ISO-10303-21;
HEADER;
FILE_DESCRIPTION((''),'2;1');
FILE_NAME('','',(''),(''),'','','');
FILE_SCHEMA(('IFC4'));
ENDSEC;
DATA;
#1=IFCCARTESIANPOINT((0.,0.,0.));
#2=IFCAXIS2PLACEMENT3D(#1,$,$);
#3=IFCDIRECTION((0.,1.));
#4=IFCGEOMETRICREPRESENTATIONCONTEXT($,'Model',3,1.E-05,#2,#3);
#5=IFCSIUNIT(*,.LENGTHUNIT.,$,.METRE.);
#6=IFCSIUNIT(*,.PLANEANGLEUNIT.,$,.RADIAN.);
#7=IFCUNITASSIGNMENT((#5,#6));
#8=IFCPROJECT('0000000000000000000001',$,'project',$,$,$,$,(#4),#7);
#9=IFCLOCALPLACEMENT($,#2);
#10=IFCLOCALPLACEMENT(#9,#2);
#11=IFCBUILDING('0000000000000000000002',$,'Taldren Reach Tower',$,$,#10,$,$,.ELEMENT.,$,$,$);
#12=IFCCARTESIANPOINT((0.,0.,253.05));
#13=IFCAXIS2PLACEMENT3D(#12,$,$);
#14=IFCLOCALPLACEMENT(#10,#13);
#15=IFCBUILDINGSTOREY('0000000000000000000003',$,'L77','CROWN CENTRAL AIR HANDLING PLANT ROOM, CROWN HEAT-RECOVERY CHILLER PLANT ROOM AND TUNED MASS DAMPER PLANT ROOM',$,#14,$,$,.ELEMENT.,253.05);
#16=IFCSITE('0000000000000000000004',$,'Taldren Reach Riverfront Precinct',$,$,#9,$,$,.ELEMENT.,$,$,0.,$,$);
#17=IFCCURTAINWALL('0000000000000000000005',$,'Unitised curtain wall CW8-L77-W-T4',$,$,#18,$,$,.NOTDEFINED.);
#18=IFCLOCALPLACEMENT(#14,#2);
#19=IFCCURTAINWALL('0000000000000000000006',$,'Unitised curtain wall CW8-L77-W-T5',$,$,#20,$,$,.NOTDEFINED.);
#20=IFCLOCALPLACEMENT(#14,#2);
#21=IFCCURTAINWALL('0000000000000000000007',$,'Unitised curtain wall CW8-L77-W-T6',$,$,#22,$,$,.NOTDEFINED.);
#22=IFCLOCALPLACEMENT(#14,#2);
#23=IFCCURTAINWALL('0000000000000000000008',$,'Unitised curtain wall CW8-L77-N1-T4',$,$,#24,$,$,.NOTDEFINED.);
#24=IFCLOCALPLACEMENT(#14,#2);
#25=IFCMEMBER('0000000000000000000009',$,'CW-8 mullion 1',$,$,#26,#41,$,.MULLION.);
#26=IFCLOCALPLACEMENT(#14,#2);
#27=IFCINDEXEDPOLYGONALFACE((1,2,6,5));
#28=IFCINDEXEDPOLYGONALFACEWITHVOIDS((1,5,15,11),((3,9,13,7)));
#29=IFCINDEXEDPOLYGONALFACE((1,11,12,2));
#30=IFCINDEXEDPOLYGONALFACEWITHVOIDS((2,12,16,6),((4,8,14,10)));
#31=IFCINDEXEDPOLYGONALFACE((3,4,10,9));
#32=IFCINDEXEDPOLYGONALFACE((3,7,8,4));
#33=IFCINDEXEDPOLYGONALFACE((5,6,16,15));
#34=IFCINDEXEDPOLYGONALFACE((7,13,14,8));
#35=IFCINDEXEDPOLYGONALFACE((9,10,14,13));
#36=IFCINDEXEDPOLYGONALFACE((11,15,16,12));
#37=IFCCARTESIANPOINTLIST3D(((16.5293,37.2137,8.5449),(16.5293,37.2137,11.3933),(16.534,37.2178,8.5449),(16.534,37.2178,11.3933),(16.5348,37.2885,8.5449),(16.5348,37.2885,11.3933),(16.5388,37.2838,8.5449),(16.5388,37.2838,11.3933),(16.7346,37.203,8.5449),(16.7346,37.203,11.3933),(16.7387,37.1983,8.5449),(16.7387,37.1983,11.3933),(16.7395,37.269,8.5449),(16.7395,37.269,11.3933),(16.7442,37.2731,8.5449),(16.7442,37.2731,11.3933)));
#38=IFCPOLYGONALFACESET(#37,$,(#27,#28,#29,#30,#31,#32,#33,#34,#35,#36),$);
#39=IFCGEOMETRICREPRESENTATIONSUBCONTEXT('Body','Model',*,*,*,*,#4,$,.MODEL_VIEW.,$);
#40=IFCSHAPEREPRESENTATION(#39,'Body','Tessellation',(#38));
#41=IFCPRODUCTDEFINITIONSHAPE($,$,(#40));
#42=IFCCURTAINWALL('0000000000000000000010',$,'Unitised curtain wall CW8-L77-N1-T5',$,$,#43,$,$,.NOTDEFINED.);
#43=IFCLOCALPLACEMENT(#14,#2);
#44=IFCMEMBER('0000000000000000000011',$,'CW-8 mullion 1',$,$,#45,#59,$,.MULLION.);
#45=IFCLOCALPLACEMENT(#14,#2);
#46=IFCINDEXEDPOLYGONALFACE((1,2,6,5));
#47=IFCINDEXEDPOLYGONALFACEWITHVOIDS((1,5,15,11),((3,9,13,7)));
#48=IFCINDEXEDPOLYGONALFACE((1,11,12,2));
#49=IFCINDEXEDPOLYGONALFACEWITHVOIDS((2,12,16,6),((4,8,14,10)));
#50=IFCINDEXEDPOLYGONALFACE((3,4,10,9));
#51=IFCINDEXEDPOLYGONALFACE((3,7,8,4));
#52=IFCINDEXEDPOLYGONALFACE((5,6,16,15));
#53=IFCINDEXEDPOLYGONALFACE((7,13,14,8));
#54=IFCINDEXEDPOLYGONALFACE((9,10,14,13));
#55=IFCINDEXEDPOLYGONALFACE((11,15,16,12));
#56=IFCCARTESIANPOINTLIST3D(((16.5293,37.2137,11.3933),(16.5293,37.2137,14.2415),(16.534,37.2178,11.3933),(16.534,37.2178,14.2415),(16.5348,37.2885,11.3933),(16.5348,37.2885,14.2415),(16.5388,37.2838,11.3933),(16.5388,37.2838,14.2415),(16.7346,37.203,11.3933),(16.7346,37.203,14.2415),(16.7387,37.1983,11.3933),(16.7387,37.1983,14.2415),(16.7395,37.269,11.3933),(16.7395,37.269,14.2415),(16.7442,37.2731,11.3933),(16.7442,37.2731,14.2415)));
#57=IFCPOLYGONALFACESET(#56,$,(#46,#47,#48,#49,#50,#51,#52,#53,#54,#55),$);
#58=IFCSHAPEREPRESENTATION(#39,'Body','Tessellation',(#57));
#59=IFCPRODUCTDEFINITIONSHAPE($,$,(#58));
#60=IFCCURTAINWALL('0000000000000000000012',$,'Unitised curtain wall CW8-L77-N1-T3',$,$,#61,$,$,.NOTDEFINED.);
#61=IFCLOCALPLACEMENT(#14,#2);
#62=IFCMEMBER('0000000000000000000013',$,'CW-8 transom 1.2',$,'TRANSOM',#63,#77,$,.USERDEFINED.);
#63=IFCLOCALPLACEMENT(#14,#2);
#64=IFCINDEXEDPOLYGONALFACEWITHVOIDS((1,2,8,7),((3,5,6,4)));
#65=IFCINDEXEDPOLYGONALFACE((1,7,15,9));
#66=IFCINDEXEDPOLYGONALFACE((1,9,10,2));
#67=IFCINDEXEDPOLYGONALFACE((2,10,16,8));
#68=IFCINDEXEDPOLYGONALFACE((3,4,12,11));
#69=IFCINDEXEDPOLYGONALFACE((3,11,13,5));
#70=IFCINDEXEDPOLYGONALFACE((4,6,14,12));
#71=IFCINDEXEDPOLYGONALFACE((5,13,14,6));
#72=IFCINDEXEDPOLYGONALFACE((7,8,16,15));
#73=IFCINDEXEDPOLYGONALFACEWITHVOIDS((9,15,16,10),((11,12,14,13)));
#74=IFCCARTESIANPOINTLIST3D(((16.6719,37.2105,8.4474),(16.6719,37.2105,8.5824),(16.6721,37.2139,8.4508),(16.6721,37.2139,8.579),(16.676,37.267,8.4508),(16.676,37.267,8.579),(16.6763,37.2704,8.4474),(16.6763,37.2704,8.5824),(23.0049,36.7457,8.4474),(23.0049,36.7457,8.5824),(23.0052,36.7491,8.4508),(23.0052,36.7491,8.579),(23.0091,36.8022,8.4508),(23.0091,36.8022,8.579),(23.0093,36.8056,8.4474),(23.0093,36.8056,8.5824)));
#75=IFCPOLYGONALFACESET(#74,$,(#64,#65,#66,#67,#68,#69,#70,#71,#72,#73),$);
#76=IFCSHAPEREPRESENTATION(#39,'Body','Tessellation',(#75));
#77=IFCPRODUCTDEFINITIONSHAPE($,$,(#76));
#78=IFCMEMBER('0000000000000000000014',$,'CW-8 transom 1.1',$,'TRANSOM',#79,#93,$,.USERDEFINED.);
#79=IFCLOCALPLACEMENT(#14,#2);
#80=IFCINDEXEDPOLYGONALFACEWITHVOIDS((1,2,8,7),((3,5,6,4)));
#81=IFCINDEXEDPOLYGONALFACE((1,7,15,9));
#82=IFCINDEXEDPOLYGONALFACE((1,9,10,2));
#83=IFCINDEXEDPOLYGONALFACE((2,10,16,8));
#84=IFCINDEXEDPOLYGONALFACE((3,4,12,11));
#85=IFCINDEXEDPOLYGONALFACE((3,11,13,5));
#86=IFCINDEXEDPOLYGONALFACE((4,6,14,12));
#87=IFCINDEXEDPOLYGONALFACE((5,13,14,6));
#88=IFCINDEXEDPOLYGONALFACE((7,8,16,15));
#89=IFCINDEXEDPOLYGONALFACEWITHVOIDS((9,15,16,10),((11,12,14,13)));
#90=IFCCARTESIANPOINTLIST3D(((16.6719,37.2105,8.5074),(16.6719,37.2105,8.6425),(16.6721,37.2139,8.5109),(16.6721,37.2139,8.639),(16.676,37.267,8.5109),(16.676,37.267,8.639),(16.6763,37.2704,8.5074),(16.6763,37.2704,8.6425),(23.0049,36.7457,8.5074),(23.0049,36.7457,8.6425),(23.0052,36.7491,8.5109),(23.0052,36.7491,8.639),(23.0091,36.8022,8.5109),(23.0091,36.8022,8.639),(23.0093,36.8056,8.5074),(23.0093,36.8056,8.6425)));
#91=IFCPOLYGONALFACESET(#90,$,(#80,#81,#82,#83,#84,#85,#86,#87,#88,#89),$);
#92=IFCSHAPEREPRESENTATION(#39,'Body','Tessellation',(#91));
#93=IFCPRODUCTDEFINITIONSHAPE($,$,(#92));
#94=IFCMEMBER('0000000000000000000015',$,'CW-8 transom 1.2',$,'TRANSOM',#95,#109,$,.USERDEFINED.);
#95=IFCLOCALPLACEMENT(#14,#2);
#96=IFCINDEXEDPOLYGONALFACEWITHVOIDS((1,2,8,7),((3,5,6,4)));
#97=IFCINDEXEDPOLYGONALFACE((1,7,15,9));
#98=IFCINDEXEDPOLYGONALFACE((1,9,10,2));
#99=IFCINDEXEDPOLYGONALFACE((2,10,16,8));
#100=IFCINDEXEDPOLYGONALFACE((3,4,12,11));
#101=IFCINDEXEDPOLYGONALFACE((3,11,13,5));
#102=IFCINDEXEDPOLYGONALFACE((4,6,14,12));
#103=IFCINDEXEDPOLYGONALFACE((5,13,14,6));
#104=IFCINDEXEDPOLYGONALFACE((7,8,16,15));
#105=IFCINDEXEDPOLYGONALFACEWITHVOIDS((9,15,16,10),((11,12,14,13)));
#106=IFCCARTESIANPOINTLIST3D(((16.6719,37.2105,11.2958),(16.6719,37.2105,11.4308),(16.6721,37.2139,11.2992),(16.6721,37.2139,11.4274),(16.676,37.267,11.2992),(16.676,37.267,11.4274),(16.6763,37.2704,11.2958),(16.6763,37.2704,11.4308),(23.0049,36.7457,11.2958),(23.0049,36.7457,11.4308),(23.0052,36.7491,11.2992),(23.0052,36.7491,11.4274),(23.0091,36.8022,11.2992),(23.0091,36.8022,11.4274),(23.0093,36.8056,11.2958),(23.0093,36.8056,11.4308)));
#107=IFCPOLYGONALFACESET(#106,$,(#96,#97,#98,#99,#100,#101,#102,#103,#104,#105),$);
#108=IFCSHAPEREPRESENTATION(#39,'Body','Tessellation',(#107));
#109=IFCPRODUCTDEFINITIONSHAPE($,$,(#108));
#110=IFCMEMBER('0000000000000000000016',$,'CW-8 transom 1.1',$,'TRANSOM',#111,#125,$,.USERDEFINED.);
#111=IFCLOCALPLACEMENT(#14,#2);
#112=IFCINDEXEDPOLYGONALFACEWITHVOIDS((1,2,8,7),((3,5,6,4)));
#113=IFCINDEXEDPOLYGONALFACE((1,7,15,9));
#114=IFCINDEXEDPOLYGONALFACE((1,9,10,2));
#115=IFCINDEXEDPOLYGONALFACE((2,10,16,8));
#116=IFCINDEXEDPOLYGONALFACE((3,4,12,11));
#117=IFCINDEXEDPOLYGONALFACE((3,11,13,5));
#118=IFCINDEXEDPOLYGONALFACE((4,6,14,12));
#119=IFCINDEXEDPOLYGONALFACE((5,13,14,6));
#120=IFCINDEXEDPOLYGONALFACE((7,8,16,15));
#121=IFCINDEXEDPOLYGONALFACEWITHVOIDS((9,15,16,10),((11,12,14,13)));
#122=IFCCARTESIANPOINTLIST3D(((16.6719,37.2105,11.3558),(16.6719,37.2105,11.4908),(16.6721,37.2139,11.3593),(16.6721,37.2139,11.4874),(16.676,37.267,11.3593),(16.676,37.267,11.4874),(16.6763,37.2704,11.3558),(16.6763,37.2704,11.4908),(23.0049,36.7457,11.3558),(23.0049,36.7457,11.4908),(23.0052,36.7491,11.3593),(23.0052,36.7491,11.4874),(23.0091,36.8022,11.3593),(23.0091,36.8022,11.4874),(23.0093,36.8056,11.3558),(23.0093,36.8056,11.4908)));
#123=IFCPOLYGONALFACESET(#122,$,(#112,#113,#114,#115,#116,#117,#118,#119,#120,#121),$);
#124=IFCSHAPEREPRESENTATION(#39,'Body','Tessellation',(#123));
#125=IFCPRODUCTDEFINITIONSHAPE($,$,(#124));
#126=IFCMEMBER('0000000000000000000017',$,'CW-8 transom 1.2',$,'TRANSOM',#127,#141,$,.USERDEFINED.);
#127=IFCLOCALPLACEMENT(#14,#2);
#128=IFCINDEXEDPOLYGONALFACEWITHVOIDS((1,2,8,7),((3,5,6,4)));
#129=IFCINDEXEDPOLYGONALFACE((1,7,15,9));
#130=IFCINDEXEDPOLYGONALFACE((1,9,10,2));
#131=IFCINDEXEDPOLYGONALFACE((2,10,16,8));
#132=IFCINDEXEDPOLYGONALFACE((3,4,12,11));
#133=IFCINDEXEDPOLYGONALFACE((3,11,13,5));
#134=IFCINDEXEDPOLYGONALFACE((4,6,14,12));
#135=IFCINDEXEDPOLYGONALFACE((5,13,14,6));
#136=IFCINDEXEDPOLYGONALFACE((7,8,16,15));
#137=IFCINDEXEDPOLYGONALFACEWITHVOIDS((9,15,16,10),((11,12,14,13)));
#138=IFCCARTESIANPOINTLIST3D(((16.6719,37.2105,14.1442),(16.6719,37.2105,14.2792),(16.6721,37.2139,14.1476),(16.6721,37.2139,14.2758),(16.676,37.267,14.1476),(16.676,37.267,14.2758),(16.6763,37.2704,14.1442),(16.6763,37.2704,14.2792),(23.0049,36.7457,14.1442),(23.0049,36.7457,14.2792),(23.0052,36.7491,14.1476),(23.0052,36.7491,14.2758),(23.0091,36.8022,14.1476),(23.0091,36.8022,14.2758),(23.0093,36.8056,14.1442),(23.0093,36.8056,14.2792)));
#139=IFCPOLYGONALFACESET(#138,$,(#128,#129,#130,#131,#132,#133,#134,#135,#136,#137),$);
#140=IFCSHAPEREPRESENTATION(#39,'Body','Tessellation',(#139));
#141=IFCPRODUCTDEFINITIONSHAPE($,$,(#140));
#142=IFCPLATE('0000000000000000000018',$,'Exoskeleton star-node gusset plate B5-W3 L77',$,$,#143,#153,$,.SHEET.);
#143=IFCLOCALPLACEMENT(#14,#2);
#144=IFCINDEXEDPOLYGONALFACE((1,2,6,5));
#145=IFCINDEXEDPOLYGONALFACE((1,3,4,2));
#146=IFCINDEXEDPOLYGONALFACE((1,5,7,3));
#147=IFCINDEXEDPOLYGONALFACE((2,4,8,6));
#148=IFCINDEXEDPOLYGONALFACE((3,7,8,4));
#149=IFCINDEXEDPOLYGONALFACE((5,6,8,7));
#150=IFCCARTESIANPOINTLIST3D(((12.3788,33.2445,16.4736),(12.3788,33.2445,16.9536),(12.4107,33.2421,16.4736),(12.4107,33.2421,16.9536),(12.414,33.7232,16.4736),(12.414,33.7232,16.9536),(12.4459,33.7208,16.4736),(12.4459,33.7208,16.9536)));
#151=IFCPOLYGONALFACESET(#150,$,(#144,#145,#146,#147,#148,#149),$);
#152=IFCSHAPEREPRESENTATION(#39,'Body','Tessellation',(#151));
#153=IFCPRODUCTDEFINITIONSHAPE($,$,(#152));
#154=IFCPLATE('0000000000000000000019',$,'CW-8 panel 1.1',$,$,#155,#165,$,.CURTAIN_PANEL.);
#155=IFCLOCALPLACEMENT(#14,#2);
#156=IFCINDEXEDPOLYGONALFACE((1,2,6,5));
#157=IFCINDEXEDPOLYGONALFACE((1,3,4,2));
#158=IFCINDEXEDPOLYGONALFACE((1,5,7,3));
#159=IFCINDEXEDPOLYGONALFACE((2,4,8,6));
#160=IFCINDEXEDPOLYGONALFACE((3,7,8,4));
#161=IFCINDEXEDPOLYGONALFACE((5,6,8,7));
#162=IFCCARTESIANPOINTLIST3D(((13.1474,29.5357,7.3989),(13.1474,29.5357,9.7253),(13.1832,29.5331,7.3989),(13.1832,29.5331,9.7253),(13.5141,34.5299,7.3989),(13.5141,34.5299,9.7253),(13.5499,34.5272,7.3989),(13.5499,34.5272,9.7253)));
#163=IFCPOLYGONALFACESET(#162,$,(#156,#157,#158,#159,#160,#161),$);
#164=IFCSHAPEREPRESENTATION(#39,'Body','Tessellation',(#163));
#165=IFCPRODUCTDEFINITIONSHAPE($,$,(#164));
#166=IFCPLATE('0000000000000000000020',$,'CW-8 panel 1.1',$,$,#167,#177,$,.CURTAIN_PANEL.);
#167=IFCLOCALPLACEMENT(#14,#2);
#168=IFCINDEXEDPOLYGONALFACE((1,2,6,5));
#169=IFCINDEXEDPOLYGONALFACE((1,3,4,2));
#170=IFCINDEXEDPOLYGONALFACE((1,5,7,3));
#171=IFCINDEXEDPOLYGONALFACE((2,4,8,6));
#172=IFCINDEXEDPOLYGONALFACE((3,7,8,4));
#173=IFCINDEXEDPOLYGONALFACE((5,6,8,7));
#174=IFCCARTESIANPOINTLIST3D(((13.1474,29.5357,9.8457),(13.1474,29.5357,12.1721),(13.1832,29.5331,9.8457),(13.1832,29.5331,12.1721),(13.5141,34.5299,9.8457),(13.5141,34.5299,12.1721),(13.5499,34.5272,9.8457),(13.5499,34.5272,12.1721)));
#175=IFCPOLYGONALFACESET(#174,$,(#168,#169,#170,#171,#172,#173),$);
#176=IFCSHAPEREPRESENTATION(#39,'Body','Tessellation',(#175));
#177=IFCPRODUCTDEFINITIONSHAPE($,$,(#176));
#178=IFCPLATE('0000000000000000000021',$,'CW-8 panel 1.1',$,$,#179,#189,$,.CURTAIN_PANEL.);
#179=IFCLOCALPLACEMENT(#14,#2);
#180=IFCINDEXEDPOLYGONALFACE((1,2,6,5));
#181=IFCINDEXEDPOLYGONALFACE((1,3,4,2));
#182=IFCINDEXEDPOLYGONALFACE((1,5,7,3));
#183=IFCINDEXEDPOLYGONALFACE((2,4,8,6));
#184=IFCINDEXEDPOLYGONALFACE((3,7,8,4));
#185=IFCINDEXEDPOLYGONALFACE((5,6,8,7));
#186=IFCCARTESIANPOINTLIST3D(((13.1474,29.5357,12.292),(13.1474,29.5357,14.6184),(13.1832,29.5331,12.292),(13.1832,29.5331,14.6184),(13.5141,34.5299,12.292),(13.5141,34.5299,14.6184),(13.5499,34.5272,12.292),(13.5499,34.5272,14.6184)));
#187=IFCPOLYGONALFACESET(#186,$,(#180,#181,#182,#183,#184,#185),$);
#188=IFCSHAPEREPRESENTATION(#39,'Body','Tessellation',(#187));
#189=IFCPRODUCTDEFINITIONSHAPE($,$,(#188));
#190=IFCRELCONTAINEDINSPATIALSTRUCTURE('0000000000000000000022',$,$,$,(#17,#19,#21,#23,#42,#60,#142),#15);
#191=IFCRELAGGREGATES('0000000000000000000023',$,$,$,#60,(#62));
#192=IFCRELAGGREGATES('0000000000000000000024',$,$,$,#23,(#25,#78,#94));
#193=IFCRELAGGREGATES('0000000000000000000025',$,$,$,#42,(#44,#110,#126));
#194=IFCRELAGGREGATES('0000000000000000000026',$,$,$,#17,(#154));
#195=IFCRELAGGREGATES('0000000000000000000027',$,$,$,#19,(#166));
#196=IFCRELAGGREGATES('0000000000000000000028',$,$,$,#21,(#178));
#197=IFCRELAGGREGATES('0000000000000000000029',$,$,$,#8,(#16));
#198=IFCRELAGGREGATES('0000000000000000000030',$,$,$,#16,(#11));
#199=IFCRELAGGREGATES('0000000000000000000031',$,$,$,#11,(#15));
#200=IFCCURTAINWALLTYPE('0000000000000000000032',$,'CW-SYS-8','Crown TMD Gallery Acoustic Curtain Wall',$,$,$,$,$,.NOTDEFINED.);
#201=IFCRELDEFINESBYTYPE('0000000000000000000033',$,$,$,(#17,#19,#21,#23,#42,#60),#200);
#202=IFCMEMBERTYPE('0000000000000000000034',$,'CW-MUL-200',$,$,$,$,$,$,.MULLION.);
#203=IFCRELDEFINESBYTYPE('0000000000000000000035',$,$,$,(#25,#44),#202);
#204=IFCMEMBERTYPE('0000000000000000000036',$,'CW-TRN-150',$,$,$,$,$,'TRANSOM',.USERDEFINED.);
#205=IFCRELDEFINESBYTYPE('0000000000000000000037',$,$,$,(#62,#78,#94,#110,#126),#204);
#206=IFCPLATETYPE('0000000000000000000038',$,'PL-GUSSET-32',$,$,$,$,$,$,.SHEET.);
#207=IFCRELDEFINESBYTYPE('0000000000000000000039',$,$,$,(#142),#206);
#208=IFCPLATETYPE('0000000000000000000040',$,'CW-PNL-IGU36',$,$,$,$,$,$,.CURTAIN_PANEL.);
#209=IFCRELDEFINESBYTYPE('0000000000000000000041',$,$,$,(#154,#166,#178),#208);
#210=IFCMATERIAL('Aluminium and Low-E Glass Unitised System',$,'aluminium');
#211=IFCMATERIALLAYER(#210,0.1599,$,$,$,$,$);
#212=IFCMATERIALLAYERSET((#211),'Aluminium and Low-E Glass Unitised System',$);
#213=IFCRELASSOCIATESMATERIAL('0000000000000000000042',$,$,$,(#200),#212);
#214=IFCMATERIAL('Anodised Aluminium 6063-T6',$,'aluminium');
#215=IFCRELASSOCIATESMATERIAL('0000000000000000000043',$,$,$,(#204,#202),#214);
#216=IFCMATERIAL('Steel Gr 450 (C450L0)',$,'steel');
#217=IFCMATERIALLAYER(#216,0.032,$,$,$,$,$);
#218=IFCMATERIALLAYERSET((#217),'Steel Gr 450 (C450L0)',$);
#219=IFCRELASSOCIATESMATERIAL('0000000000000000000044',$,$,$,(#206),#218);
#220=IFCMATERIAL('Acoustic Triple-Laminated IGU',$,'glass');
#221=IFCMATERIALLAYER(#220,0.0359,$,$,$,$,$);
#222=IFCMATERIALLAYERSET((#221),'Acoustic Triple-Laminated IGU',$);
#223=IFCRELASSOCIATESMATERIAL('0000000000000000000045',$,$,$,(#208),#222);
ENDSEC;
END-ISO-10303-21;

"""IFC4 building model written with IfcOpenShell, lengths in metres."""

from ifc_helpers import new_model, si_unit, direction, frame, origin, origin_2d, place, context, subcontext, project, spatial, rectangle, hollow_rectangle, extrude, source, transform, mapped, material, layer, layer_set, material_profile, profile_set, type_object, element, aggregate, save


model = new_model("IFC4")

# Units and contexts
model_context = context("Model", 3, precision=1e-05, world=origin(), true_north=direction((0.0, 1.0)))
body_context = subcontext(model_context, "Body", "Model", "MODEL_VIEW")
ifc_project = project(units=[si_unit("LENGTHUNIT", "METRE"), si_unit("PLANEANGLEUNIT", "RADIAN")], contexts=[model_context])

# Site, building, storey
site_placement = place(None, origin())
site = spatial("IfcSite", under=ifc_project, at=site_placement, Name="Taldren Reach Riverfront Precinct", CompositionType="ELEMENT", RefElevation=0.0)
building_placement = place(site_placement, origin())
building = spatial("IfcBuilding", under=site, at=building_placement, Name="Taldren Reach Tower", CompositionType="ELEMENT")
storey_placement = place(building_placement, frame((0.0, 0.0, 253.05)))
storey = spatial("IfcBuildingStorey", under=building, at=storey_placement, Name="L77", Description="CROWN CENTRAL AIR HANDLING PLANT ROOM, CROWN HEAT-RECOVERY CHILLER PLANT ROOM AND TUNED MASS DAMPER PLANT ROOM", CompositionType="ELEMENT", Elevation=253.05)

# Shared definitions
ifc_material_1 = material(Name="Steel Gr 450 (C450L0)", Category="steel")

# Shared definitions
ifc_material_2 = material(Name="Aluminium and Low-E Glass Unitised System", Category="aluminium")
ifc_layer_1 = layer(ifc_material_2, 0.1599)
ifc_layer_set_1 = layer_set([ifc_layer_1], Name="Aluminium and Low-E Glass Unitised System")
curtain_wall_type = type_object("IfcCurtainWallType", Name="CW-SYS-8", Description="Crown TMD Gallery Acoustic Curtain Wall", PredefinedType="NOTDEFINED", material=ifc_layer_set_1)
ifc_material_3 = material(Name="Anodised Aluminium 6063-T6", Category="aluminium")
ifc_material_profile_1 = material_profile(ifc_material_3, hollow_rectangle(XDim=0.0601, YDim=0.135, WallThickness=0.0034, at=origin_2d()), Name="ALU-135x60x3.5RHS")
ifc_profile_set_1 = profile_set([ifc_material_profile_1], Name="Anodised Aluminium 6063-T6")
member_type_1 = type_object("IfcMemberType", Name="CW-TRN-150", ElementType="TRANSOM", PredefinedType="USERDEFINED", material=ifc_profile_set_1)

# Curtain walls
curtain_wall_1_placement = place(storey_placement, origin())
curtain_wall_1 = element("IfcCurtainWall", 1, at=curtain_wall_1_placement, inside=storey, type_object=curtain_wall_type, Name="Unitised curtain wall CW8-L77-W-T4", PredefinedType="NOTDEFINED")
curtain_wall_2_placement = place(storey_placement, origin())
curtain_wall_2 = element("IfcCurtainWall", 2, at=curtain_wall_2_placement, inside=storey, type_object=curtain_wall_type, Name="Unitised curtain wall CW8-L77-W-T5", PredefinedType="NOTDEFINED")
curtain_wall_3_placement = place(storey_placement, origin())
curtain_wall_3 = element("IfcCurtainWall", 3, at=curtain_wall_3_placement, inside=storey, type_object=curtain_wall_type, Name="Unitised curtain wall CW8-L77-W-T6", PredefinedType="NOTDEFINED")

# Shared definitions
ifc_material_profile_2 = material_profile(ifc_material_3, hollow_rectangle(XDim=0.075, YDim=0.21, WallThickness=0.0044, at=origin_2d()), Name="ALU-210x75x4.5RHS")
ifc_profile_set_2 = profile_set([ifc_material_profile_2], Name="Anodised Aluminium 6063-T6")
member_type_2 = type_object("IfcMemberType", Name="CW-MUL-200", PredefinedType="MULLION", material=ifc_profile_set_2)

# Curtain walls, members
curtain_wall_4_placement = place(storey_placement, origin())
curtain_wall_4 = element("IfcCurtainWall", 4, at=curtain_wall_4_placement, inside=storey, type_object=curtain_wall_type, Name="Unitised curtain wall CW8-L77-N1-T4", PredefinedType="NOTDEFINED")
shared_shape_1 = source(origin(), body_context, "Body", "SweptSolid", [
    extrude(hollow_rectangle(XDim=0.075, YDim=0.21, WallThickness=0.0044, at=origin_2d()), origin(), (0.0, 0.0, 1.0), 2.8484),
])
member_1_placement = place(storey_placement, frame((16.6367, 37.2434, 8.5449), z_axis=(0.0, 0.0, 1.0), x_axis=(0.073239, 0.997314, 0.0)))
member_1 = element("IfcMember", 5, at=member_1_placement, type_object=member_type_2, Name="CW-8 mullion 1", PredefinedType="MULLION", context=body_context, shape_type="MappedRepresentation", body=[
    mapped(shared_shape_1, transform((0.0, 0.0, 0.0), scale=1.0)),
])
curtain_wall_5_placement = place(storey_placement, origin())
curtain_wall_5 = element("IfcCurtainWall", 6, at=curtain_wall_5_placement, inside=storey, type_object=curtain_wall_type, Name="Unitised curtain wall CW8-L77-N1-T5", PredefinedType="NOTDEFINED")
shared_shape_2 = source(origin(), body_context, "Body", "SweptSolid", [
    extrude(hollow_rectangle(XDim=0.075, YDim=0.21, WallThickness=0.0044, at=origin_2d()), origin(), (0.0, 0.0, 1.0), 2.8481),
])
member_2_placement = place(storey_placement, frame((16.6367, 37.2434, 11.3933), z_axis=(0.0, 0.0, 1.0), x_axis=(0.073239, 0.997314, 0.0)))
member_2 = element("IfcMember", 7, at=member_2_placement, type_object=member_type_2, Name="CW-8 mullion 1", PredefinedType="MULLION", context=body_context, shape_type="MappedRepresentation", body=[
    mapped(shared_shape_2, transform((0.0, 0.0, 0.0), scale=1.0)),
])
curtain_wall_6_placement = place(storey_placement, origin())
curtain_wall_6 = element("IfcCurtainWall", 8, at=curtain_wall_6_placement, inside=storey, type_object=curtain_wall_type, Name="Unitised curtain wall CW8-L77-N1-T3", PredefinedType="NOTDEFINED")
shared_shape_3 = source(origin(), body_context, "Body", "SweptSolid", [
    extrude(hollow_rectangle(XDim=0.0601, YDim=0.135, WallThickness=0.0034, at=origin_2d()), origin(), (0.0, 0.0, 1.0), 6.3501),
])
member_3_placement = place(storey_placement, frame((16.6741, 37.2405, 8.5149), z_axis=(0.997317, -0.073203, 0.0), x_axis=(0.073203, 0.997317, 0.0)))
member_3 = element("IfcMember", 9, at=member_3_placement, type_object=member_type_1, Name="CW-8 transom 1.2", ObjectType="TRANSOM", PredefinedType="USERDEFINED", context=body_context, shape_type="MappedRepresentation", body=[
    mapped(shared_shape_3, transform((0.0, 0.0, 0.0), scale=1.0)),
])
aggregate(curtain_wall_6, [member_3])

# Members
member_4_placement = place(storey_placement, frame((16.6741, 37.2405, 8.575), z_axis=(0.997317, -0.073203, 0.0), x_axis=(0.073203, 0.997317, 0.0)))
member_4 = element("IfcMember", 10, at=member_4_placement, type_object=member_type_1, Name="CW-8 transom 1.1", ObjectType="TRANSOM", PredefinedType="USERDEFINED", context=body_context, shape_type="MappedRepresentation", body=[
    mapped(shared_shape_3, transform((0.0, 0.0, 0.0), scale=1.0)),
])
member_5_placement = place(storey_placement, frame((16.6741, 37.2405, 11.3633), z_axis=(0.997317, -0.073203, 0.0), x_axis=(0.073203, 0.997317, 0.0)))
member_5 = element("IfcMember", 11, at=member_5_placement, type_object=member_type_1, Name="CW-8 transom 1.2", ObjectType="TRANSOM", PredefinedType="USERDEFINED", context=body_context, shape_type="MappedRepresentation", body=[
    mapped(shared_shape_3, transform((0.0, 0.0, 0.0), scale=1.0)),
])
aggregate(curtain_wall_4, [member_1, member_4, member_5])
member_6_placement = place(storey_placement, frame((16.6741, 37.2405, 11.4233), z_axis=(0.997317, -0.073203, 0.0), x_axis=(0.073203, 0.997317, 0.0)))
member_6 = element("IfcMember", 12, at=member_6_placement, type_object=member_type_1, Name="CW-8 transom 1.1", ObjectType="TRANSOM", PredefinedType="USERDEFINED", context=body_context, shape_type="MappedRepresentation", body=[
    mapped(shared_shape_3, transform((0.0, 0.0, 0.0), scale=1.0)),
])
member_7_placement = place(storey_placement, frame((16.6741, 37.2405, 14.2117), z_axis=(0.997317, -0.073203, 0.0), x_axis=(0.073203, 0.997317, 0.0)))
member_7 = element("IfcMember", 13, at=member_7_placement, type_object=member_type_1, Name="CW-8 transom 1.2", ObjectType="TRANSOM", PredefinedType="USERDEFINED", context=body_context, shape_type="MappedRepresentation", body=[
    mapped(shared_shape_3, transform((0.0, 0.0, 0.0), scale=1.0)),
])
aggregate(curtain_wall_5, [member_2, member_6, member_7])

# Plates
ifc_layer_2 = layer(ifc_material_1, 0.032)
ifc_layer_set_2 = layer_set([ifc_layer_2], Name="Steel Gr 450 (C450L0)")
plate_type_1 = type_object("IfcPlateType", Name="PL-GUSSET-32", PredefinedType="SHEET", material=ifc_layer_set_2)
shared_shape_4 = source(origin(), body_context, "Body", "SweptSolid", [
    extrude(rectangle(XDim=0.48, YDim=0.032, at=origin_2d()), origin(), (0.0, 0.0, 1.0), 0.48),
])
plate_1_placement = place(storey_placement, frame((12.4124, 33.4827, 16.4736), z_axis=(0.0, 0.0, 1.0), x_axis=(0.073238, 0.997314, 0.0)))
element("IfcPlate", 14, at=plate_1_placement, inside=storey, type_object=plate_type_1, Name="Exoskeleton star-node gusset plate B5-W3 L77", PredefinedType="SHEET", context=body_context, shape_type="MappedRepresentation", body=[
    mapped(shared_shape_4, transform((0.0, 0.0, 0.0), scale=1.0)),
])
ifc_material_4 = material(Name="Acoustic Triple-Laminated IGU", Category="glass")
ifc_layer_3 = layer(ifc_material_4, 0.0359)
ifc_layer_set_3 = layer_set([ifc_layer_3], Name="Acoustic Triple-Laminated IGU")
plate_type_2 = type_object("IfcPlateType", Name="CW-PNL-IGU36", PredefinedType="CURTAIN_PANEL", material=ifc_layer_set_3)
shared_shape_5 = source(origin(), body_context, "Body", "SweptSolid", [
    extrude(rectangle(XDim=5.0076, YDim=0.0359, at=origin_2d()), origin(), (0.0, 0.0, 1.0), 2.3264),
])
plate_2_placement = place(storey_placement, frame((13.3486, 32.0315, 7.3989), z_axis=(0.0, 0.0, 1.0), x_axis=(-0.073238, -0.997314, 0.0)))
plate_2 = element("IfcPlate", 15, at=plate_2_placement, type_object=plate_type_2, Name="CW-8 panel 1.1", PredefinedType="CURTAIN_PANEL", context=body_context, shape_type="MappedRepresentation", body=[
    mapped(shared_shape_5, transform((0.0, 0.0, 0.0), scale=1.0)),
])
aggregate(curtain_wall_1, [plate_2])
plate_3_placement = place(storey_placement, frame((13.3486, 32.0315, 9.8457), z_axis=(0.0, 0.0, 1.0), x_axis=(-0.073238, -0.997314, 0.0)))
plate_3 = element("IfcPlate", 16, at=plate_3_placement, type_object=plate_type_2, Name="CW-8 panel 1.1", PredefinedType="CURTAIN_PANEL", context=body_context, shape_type="MappedRepresentation", body=[
    mapped(shared_shape_5, transform((0.0, 0.0, 0.0), scale=1.0)),
])
aggregate(curtain_wall_2, [plate_3])
plate_4_placement = place(storey_placement, frame((13.3486, 32.0315, 12.292), z_axis=(0.0, 0.0, 1.0), x_axis=(-0.073238, -0.997314, 0.0)))
plate_4 = element("IfcPlate", 17, at=plate_4_placement, type_object=plate_type_2, Name="CW-8 panel 1.1", PredefinedType="CURTAIN_PANEL", context=body_context, shape_type="MappedRepresentation", body=[
    mapped(shared_shape_5, transform((0.0, 0.0, 0.0), scale=1.0)),
])
aggregate(curtain_wall_3, [plate_4])

save(model, "model.ifc")
